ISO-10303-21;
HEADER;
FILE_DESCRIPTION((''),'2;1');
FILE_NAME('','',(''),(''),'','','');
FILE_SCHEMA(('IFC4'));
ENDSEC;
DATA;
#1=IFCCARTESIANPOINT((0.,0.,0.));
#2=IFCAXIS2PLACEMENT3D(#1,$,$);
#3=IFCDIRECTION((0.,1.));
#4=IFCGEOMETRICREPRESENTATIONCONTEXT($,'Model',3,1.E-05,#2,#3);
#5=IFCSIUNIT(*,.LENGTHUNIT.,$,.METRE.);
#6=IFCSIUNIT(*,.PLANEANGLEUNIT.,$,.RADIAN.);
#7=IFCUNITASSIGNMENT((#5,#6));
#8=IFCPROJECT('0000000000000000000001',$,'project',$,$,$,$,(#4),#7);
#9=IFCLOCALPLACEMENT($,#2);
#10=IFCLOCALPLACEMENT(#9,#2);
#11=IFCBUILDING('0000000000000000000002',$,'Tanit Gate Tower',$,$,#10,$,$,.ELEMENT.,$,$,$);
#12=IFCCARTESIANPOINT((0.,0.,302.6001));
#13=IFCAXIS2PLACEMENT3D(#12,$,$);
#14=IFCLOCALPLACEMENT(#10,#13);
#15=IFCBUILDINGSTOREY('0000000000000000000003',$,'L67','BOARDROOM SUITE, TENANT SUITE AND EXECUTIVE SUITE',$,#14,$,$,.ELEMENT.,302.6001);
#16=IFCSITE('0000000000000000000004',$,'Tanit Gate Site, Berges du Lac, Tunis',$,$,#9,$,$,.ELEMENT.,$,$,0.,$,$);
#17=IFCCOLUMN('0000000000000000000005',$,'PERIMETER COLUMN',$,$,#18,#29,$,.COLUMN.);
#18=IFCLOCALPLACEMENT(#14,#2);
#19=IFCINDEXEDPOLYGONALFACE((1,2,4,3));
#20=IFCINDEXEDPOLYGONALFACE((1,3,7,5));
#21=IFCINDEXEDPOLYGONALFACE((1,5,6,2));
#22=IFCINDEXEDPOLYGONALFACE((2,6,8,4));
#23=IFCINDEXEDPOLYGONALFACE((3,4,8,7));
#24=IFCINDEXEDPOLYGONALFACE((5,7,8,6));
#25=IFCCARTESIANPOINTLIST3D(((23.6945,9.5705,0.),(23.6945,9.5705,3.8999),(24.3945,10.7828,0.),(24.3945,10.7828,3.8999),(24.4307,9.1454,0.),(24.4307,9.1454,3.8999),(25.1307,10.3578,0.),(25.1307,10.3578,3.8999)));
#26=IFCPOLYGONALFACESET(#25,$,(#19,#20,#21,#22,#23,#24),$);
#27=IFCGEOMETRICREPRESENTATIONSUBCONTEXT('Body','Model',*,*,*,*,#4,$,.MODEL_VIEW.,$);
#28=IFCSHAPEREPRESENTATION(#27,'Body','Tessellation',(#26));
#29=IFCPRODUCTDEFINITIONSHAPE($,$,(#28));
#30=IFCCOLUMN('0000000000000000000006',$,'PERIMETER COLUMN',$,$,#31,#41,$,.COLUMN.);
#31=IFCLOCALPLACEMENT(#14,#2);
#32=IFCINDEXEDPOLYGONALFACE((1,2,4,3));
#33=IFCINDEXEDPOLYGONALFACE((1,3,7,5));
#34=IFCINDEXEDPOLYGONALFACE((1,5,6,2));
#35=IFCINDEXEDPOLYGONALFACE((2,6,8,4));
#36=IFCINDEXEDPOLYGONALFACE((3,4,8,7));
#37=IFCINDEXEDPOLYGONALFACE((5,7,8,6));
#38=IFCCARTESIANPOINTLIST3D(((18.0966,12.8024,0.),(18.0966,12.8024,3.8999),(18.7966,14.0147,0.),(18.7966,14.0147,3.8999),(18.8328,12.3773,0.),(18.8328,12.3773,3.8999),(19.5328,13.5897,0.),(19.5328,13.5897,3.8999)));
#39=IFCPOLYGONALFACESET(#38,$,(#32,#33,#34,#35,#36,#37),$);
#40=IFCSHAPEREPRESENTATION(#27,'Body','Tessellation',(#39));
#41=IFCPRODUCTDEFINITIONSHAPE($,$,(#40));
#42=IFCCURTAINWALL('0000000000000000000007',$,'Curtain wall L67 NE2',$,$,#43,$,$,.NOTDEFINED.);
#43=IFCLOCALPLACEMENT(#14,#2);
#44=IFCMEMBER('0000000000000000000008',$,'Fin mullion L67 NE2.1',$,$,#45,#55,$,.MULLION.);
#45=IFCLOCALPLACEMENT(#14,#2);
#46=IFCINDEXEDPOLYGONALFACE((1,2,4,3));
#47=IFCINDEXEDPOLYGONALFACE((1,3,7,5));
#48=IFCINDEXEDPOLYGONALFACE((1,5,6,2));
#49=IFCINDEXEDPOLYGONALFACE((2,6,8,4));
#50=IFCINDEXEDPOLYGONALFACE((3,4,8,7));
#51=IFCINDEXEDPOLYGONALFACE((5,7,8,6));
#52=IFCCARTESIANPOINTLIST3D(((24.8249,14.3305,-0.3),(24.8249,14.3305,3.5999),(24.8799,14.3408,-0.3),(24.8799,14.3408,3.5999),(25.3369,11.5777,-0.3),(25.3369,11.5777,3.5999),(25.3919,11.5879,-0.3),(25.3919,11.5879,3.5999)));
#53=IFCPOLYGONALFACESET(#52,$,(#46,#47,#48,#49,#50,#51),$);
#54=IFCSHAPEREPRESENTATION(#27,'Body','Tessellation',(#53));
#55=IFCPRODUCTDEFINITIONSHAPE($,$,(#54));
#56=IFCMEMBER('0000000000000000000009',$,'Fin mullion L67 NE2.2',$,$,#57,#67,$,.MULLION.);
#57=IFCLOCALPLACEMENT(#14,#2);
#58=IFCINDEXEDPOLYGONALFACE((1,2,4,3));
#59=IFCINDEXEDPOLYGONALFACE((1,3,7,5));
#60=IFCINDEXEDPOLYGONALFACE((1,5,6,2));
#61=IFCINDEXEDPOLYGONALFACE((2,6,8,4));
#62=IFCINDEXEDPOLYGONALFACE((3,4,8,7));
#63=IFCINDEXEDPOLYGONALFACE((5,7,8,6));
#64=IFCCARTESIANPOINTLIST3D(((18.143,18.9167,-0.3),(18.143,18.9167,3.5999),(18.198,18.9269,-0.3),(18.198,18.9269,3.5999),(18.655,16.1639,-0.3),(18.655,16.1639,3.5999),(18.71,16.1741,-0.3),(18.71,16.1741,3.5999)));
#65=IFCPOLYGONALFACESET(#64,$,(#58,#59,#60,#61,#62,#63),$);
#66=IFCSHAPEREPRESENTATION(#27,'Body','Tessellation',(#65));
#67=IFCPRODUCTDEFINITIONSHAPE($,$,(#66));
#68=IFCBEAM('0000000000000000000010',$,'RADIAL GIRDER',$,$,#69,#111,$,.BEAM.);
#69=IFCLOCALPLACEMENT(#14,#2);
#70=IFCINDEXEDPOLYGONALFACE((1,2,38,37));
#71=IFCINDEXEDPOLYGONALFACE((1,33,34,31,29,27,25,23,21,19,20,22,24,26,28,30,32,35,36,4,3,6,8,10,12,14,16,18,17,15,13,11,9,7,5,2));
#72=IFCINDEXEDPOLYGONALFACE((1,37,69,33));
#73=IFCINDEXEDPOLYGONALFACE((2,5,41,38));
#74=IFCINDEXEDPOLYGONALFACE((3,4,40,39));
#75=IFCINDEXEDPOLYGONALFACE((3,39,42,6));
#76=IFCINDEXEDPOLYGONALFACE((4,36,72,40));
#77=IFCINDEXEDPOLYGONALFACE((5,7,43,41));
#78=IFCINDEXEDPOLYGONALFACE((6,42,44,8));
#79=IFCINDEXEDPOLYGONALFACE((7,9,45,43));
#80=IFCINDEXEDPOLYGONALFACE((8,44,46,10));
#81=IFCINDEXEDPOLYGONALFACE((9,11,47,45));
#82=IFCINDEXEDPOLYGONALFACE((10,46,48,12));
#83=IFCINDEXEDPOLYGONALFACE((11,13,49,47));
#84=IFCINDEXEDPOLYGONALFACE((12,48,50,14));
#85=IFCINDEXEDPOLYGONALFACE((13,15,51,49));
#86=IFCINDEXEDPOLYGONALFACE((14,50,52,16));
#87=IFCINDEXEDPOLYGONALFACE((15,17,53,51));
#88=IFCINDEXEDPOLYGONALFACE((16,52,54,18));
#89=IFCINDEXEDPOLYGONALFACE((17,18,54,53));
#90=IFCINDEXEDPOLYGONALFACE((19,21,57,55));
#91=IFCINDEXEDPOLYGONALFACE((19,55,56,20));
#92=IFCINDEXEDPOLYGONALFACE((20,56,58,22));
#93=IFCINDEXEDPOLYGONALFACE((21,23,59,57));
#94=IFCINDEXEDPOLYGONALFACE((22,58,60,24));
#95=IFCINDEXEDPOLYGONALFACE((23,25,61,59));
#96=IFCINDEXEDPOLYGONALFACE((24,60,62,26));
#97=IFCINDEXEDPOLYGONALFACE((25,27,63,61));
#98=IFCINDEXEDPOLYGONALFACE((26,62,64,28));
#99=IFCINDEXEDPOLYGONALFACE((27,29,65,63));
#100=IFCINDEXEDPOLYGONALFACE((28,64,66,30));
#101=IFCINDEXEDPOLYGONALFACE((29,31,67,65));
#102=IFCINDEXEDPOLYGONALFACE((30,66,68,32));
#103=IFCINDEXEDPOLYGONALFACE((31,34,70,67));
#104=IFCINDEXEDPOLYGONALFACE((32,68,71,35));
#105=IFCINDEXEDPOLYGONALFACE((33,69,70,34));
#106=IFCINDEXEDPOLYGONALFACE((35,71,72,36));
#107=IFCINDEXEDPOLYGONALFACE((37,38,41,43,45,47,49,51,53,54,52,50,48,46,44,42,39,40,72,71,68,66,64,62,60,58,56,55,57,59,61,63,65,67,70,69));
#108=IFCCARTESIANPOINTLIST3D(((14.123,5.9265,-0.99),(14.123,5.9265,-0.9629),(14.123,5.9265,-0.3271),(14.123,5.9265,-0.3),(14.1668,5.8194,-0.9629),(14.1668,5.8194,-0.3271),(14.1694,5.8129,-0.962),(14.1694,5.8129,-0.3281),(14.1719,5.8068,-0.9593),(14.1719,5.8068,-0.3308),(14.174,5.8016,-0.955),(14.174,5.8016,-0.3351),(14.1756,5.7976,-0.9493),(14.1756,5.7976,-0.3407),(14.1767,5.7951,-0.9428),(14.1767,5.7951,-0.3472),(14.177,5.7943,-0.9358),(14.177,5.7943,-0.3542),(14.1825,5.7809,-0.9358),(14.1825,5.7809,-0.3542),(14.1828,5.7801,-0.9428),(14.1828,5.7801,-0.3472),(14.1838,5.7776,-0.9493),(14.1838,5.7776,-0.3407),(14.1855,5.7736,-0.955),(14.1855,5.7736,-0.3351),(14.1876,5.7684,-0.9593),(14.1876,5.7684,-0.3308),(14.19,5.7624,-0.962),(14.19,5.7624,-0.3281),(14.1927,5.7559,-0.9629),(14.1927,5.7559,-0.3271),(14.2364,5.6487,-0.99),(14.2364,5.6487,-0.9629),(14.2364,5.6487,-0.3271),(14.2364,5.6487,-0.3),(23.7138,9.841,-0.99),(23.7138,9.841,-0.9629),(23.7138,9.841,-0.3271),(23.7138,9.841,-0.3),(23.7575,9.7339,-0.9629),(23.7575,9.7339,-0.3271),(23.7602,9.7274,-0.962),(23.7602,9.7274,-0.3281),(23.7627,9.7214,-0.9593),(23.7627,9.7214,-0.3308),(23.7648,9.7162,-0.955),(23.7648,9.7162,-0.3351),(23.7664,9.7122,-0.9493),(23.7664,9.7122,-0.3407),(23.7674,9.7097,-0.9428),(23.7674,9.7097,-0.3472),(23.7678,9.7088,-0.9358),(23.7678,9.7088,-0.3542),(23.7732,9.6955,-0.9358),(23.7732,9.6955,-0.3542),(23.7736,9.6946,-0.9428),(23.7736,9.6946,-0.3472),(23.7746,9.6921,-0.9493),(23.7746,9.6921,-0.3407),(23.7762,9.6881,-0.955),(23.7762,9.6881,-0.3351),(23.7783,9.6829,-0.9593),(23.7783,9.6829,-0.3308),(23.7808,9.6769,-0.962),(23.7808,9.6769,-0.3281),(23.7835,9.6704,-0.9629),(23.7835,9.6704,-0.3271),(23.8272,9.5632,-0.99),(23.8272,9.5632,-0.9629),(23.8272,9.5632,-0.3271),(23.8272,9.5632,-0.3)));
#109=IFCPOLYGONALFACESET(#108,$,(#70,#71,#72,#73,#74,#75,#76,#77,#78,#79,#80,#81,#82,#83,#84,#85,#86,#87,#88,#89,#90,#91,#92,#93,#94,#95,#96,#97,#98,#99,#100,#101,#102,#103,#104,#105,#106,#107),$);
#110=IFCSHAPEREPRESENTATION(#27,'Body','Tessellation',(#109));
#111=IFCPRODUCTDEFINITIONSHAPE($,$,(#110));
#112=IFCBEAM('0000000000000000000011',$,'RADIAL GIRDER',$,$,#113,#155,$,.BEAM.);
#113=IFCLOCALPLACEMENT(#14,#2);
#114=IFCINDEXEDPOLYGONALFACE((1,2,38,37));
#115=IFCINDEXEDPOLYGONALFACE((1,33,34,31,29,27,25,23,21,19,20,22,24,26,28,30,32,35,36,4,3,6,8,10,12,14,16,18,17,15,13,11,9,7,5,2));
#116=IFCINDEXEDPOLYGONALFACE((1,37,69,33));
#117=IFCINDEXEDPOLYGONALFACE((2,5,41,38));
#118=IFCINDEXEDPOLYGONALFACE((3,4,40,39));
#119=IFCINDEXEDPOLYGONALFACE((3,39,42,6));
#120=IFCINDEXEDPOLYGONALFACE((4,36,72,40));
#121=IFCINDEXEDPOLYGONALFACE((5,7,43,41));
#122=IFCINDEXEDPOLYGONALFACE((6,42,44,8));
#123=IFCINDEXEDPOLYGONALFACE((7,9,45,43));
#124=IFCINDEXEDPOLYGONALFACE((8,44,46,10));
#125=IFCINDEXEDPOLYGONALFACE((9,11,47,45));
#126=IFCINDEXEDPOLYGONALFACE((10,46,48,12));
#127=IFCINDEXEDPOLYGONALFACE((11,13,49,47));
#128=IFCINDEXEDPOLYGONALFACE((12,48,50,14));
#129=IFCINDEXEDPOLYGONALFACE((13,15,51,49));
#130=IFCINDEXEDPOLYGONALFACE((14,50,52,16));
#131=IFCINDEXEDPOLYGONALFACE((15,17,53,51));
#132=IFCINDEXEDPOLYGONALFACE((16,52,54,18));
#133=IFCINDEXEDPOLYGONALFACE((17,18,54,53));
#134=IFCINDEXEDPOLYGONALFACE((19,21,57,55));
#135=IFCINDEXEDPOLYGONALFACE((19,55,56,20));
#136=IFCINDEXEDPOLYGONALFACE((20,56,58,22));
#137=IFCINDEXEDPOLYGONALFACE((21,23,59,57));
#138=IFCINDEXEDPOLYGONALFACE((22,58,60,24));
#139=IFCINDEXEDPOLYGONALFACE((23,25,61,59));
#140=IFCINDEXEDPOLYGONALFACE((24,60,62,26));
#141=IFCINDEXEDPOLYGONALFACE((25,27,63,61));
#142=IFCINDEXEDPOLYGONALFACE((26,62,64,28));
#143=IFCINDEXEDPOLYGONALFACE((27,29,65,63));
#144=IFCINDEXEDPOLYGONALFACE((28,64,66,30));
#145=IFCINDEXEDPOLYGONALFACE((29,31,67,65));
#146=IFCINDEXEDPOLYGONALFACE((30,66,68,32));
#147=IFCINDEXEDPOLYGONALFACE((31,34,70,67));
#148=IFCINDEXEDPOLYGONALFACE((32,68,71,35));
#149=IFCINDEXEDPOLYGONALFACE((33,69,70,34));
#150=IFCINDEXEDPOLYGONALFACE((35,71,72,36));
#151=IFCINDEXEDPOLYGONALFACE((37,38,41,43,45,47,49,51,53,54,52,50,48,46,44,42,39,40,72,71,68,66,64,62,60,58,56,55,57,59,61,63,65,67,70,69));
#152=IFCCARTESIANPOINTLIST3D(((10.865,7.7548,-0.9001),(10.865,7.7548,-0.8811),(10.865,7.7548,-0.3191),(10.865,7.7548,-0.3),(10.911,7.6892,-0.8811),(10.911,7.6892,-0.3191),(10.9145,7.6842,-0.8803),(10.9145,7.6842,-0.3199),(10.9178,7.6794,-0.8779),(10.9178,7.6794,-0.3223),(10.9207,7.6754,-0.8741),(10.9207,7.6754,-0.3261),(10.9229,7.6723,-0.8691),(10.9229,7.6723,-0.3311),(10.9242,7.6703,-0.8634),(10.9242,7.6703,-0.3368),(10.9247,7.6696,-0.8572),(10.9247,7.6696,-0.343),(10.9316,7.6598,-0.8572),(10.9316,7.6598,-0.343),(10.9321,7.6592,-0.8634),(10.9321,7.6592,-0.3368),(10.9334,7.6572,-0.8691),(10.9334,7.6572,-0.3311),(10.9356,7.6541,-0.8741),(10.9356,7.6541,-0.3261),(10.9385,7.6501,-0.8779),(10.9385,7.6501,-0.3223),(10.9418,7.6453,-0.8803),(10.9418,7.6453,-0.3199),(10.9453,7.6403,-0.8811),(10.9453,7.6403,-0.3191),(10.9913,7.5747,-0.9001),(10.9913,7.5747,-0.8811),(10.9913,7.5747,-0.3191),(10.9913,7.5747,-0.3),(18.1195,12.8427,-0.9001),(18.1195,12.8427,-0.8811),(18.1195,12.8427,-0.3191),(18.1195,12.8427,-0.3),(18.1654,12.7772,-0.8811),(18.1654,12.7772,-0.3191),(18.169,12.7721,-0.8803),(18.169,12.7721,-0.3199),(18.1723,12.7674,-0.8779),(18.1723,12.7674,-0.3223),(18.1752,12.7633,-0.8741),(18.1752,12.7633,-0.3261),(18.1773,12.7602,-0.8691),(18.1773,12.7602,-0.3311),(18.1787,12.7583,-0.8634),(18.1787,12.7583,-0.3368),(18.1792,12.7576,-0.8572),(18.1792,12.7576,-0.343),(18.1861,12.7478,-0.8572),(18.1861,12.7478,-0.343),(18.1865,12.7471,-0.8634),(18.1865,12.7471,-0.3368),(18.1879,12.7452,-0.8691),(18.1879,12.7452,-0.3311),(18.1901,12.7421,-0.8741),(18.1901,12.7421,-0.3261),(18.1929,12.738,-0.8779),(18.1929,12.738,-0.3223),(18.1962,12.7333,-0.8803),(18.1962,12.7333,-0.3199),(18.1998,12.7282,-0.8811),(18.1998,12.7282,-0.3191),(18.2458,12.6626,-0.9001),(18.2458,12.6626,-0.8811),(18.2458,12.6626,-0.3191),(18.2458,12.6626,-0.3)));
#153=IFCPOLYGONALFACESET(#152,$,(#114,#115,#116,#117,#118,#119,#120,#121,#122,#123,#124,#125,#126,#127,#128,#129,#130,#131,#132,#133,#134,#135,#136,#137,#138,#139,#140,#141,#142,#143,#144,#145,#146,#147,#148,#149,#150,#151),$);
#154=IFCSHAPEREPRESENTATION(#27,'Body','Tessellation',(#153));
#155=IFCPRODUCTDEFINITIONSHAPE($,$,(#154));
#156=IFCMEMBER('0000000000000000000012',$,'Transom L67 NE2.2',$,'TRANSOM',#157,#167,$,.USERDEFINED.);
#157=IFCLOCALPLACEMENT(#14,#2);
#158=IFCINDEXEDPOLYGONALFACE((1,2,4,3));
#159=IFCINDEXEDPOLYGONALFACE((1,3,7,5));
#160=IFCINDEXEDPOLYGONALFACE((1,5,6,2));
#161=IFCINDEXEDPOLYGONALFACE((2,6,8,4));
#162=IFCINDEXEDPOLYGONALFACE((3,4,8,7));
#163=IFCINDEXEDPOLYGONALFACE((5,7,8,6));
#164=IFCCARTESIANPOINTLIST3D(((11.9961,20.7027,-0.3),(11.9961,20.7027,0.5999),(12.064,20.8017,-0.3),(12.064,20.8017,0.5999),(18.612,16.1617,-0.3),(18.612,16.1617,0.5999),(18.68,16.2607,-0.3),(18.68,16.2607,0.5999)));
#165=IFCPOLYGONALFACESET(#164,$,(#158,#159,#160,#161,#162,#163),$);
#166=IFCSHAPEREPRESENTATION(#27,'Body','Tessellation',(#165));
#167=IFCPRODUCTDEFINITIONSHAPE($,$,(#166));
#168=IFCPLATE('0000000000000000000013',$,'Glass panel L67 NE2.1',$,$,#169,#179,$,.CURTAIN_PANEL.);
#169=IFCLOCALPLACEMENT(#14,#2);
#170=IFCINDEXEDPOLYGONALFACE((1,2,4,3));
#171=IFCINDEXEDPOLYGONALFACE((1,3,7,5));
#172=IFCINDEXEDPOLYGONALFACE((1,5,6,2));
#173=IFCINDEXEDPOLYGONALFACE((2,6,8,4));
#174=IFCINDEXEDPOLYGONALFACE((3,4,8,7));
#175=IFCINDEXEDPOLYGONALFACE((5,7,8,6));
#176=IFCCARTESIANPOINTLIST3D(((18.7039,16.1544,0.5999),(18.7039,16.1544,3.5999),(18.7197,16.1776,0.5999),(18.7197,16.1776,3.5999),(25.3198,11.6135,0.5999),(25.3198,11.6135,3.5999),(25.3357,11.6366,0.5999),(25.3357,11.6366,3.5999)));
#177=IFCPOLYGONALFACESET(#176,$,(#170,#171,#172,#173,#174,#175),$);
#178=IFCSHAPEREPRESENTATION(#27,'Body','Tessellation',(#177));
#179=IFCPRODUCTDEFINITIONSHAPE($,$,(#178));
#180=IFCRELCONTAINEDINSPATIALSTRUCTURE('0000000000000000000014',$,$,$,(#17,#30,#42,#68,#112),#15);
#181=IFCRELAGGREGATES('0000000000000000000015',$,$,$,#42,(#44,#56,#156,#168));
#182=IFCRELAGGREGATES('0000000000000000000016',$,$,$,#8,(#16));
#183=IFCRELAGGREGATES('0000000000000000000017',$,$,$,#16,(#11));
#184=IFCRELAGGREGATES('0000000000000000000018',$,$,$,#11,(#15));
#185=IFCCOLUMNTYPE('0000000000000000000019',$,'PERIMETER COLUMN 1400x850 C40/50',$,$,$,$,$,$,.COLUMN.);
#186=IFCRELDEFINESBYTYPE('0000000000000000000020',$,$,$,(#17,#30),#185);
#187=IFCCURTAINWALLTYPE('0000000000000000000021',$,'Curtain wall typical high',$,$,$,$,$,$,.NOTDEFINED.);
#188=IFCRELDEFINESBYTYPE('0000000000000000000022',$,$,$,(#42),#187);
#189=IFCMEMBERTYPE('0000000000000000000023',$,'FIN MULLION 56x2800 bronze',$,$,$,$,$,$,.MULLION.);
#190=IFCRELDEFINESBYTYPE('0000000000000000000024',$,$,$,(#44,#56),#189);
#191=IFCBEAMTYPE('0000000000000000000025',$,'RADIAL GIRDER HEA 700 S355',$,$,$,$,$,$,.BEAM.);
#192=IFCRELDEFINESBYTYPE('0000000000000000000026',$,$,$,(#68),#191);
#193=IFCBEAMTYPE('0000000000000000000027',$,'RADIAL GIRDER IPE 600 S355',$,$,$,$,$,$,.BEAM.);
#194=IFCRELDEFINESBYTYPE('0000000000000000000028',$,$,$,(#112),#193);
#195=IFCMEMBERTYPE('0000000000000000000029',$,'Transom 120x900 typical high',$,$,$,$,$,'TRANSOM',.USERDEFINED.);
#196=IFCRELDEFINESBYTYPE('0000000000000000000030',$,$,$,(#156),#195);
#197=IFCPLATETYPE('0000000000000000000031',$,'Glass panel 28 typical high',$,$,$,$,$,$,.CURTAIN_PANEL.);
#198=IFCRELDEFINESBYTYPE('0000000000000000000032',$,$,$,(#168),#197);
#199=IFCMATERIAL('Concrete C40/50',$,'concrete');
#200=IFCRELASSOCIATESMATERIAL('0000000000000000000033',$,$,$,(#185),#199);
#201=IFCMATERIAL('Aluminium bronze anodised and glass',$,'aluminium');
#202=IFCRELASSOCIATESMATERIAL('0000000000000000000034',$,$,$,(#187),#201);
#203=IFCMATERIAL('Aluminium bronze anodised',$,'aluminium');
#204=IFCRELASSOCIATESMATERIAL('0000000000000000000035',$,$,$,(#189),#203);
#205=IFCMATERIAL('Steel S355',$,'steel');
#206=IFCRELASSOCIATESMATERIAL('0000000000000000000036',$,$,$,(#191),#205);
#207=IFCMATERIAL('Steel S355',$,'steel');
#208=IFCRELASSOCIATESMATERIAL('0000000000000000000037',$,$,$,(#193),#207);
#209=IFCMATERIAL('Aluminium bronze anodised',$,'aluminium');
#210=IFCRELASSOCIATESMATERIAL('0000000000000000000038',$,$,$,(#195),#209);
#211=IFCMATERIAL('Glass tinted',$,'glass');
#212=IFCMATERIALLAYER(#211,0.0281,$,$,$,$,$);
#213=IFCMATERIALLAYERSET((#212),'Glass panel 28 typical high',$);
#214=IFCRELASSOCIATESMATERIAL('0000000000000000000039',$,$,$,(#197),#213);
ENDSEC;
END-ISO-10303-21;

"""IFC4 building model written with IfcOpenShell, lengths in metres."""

from ifc_helpers import new_model, si_unit, direction, frame, origin, origin_2d, place, context, subcontext, project, spatial, rectangle, i_section, extrude, material, layer, layer_set, material_profile, profile_set, type_object, element, aggregate, save


model = new_model("IFC4")

# Units and contexts
model_context = context("Model", 3, precision=1e-05, world=origin(), true_north=direction((0.0, 1.0)))
body_context = subcontext(model_context, "Body", "Model", "MODEL_VIEW")
ifc_project = project(units=[si_unit("LENGTHUNIT", "METRE"), si_unit("PLANEANGLEUNIT", "RADIAN")], contexts=[model_context])

# Site, building, storey
site_placement = place(None, origin())
site = spatial("IfcSite", under=ifc_project, at=site_placement, Name="Tanit Gate Site, Berges du Lac, Tunis", CompositionType="ELEMENT", RefElevation=0.0)
building_placement = place(site_placement, origin())
building = spatial("IfcBuilding", under=site, at=building_placement, Name="Tanit Gate Tower", CompositionType="ELEMENT")
storey_placement = place(building_placement, frame((0.0, 0.0, 302.6001)))
storey = spatial("IfcBuildingStorey", under=building, at=storey_placement, Name="L67", Description="BOARDROOM SUITE, TENANT SUITE AND EXECUTIVE SUITE", CompositionType="ELEMENT", Elevation=302.6001)

# Columns
ifc_material_1 = material(Name="Concrete C40/50", Category="concrete")
ifc_material_profile_1 = material_profile(ifc_material_1, rectangle(XDim=1.3999, YDim=0.8501, at=origin_2d()), Name="RC 1400x850")
ifc_profile_set_1 = profile_set([ifc_material_profile_1], Name="Concrete C40/50")
column_type = type_object("IfcColumnType", Name="PERIMETER COLUMN 1400x850 C40/50", PredefinedType="COLUMN", material=ifc_profile_set_1)
for number, where, z_axis, x_axis, name in (
    (1, (24.4126, 9.9641, 0.0), (0.0, 0.0, 1.0), (0.5, 0.866025, 0.0), "PERIMETER COLUMN"),
    (2, (18.8147, 13.196, 0.0), (0.0, 0.0, 1.0), (0.5, 0.866025, 0.0), "PERIMETER COLUMN"),
):
    element("IfcColumn", number, at=place(storey_placement, frame(where, z_axis=z_axis, x_axis=x_axis)), inside=storey, type_object=column_type, Name=name, PredefinedType="COLUMN", context=body_context, shape_type="SweptSolid", body=[
        extrude(rectangle(XDim=1.3999, YDim=0.8501, at=origin_2d()), origin(), (0.0, 0.0, 1.0), 3.8999),
    ])

# Curtain wall, members
ifc_material_2 = material(Name="Aluminium bronze anodised and glass", Category="aluminium")
curtain_wall_type = type_object("IfcCurtainWallType", Name="Curtain wall typical high", PredefinedType="NOTDEFINED", material=ifc_material_2)
curtain_wall_placement = place(storey_placement, origin())
curtain_wall = element("IfcCurtainWall", 3, at=curtain_wall_placement, inside=storey, type_object=curtain_wall_type, Name="Curtain wall L67 NE2", PredefinedType="NOTDEFINED")
ifc_material_3 = material(Name="Aluminium bronze anodised", Category="aluminium")
ifc_material_profile_2 = material_profile(ifc_material_3, rectangle(XDim=2.8, YDim=0.0559, at=origin_2d()), Name="56x2800 bronze fin mullion")
ifc_profile_set_2 = profile_set([ifc_material_profile_2], Name="Aluminium bronze anodised")
member_type_1 = type_object("IfcMemberType", Name="FIN MULLION 56x2800 bronze", PredefinedType="MULLION", material=ifc_profile_set_2)
member_1_placement = place(storey_placement, frame((25.1084, 12.9592, -0.3), z_axis=(0.0, 0.0, 1.0), x_axis=(0.182847, -0.983141, 0.0)))
member_1 = element("IfcMember", 4, at=member_1_placement, type_object=member_type_1, Name="Fin mullion L67 NE2.1", PredefinedType="MULLION", context=body_context, shape_type="SweptSolid", body=[
    extrude(rectangle(XDim=2.8, YDim=0.0559, at=origin_2d()), origin(), (0.0, 0.0, 1.0), 3.8999),
])
member_2_placement = place(storey_placement, frame((18.4265, 17.5454, -0.3), z_axis=(0.0, 0.0, 1.0), x_axis=(0.182847, -0.983141, 0.0)))
member_2 = element("IfcMember", 5, at=member_2_placement, type_object=member_type_1, Name="Fin mullion L67 NE2.2", PredefinedType="MULLION", context=body_context, shape_type="SweptSolid", body=[
    extrude(rectangle(XDim=2.8, YDim=0.0559, at=origin_2d()), origin(), (0.0, 0.0, 1.0), 3.8999),
])

# Beams
ifc_material_4 = material(Name="Steel S355", Category="steel")
ifc_material_profile_3 = material_profile(ifc_material_4, i_section(OverallWidth=0.3, OverallDepth=0.6899, WebThickness=0.0144, FlangeThickness=0.0271, FilletRadius=0.0271, at=origin_2d()), Name="HEA 700")
ifc_profile_set_3 = profile_set([ifc_material_profile_3], Name="Steel S355")
beam_type_1 = type_object("IfcBeamType", Name="RADIAL GIRDER HEA 700 S355", PredefinedType="BEAM", material=ifc_profile_set_3)
beam_1_placement = place(storey_placement, frame((23.7705, 9.7021, -0.645), z_axis=(-0.92585, -0.377891, 0.0), x_axis=(0.377891, -0.92585, 0.0)))
element("IfcBeam", 6, at=beam_1_placement, inside=storey, type_object=beam_type_1, Name="RADIAL GIRDER", PredefinedType="BEAM", context=body_context, shape_type="SweptSolid", body=[
    extrude(i_section(OverallWidth=0.3, OverallDepth=0.6899, WebThickness=0.0144, FlangeThickness=0.0271, FilletRadius=0.0271, at=origin_2d()), origin(), (0.0, 0.0, 1.0), 10.3589),
])
ifc_material_5 = material(Name="Steel S355", Category="steel")
ifc_material_profile_4 = material_profile(ifc_material_5, i_section(OverallWidth=0.22, OverallDepth=0.6001, WebThickness=0.012, FlangeThickness=0.019, FilletRadius=0.0239, at=origin_2d()), Name="IPE 600")
ifc_profile_set_4 = profile_set([ifc_material_profile_4], Name="Steel S355")
beam_type_2 = type_object("IfcBeamType", Name="RADIAL GIRDER IPE 600 S355", PredefinedType="BEAM", material=ifc_profile_set_4)
beam_2_placement = place(storey_placement, frame((18.1826, 12.7527, -0.6001), z_axis=(-0.818711, -0.574205, 0.0), x_axis=(0.574205, -0.818711, 0.0)))
element("IfcBeam", 7, at=beam_2_placement, inside=storey, type_object=beam_type_2, Name="RADIAL GIRDER", PredefinedType="BEAM", context=body_context, shape_type="SweptSolid", body=[
    extrude(i_section(OverallWidth=0.22, OverallDepth=0.6001, WebThickness=0.012, FlangeThickness=0.019, FilletRadius=0.0239, at=origin_2d()), origin(), (0.0, 0.0, 1.0), 8.8608),
])

# Member
ifc_material_6 = material(Name="Aluminium bronze anodised", Category="aluminium")
ifc_material_profile_5 = material_profile(ifc_material_6, rectangle(XDim=0.1201, YDim=0.8999, at=origin_2d()), Name="120x900 bronze transom")
ifc_profile_set_5 = profile_set([ifc_material_profile_5], Name="Aluminium bronze anodised")
member_type_2 = type_object("IfcMemberType", Name="Transom 120x900 typical high", ElementType="TRANSOM", PredefinedType="USERDEFINED", material=ifc_profile_set_5)
member_3_placement = place(storey_placement, frame((18.646, 16.2112, 0.1499), z_axis=(-0.824476, 0.565897, 0.0), x_axis=(-0.565897, -0.824476, 0.0)))
member_3 = element("IfcMember", 8, at=member_3_placement, type_object=member_type_2, Name="Transom L67 NE2.2", ObjectType="TRANSOM", PredefinedType="USERDEFINED", context=body_context, shape_type="SweptSolid", body=[
    extrude(rectangle(XDim=0.1201, YDim=0.8999, at=origin_2d()), origin(), (0.0, 0.0, 1.0), 8.0244),
])

# Plate
ifc_material_7 = material(Name="Glass tinted", Category="glass")
ifc_layer_1 = layer(ifc_material_7, 0.0281)
ifc_layer_set_1 = layer_set([ifc_layer_1], Name="Glass panel 28 typical high")
plate_type = type_object("IfcPlateType", Name="Glass panel 28 typical high", PredefinedType="CURTAIN_PANEL", material=ifc_layer_set_1)
plate_placement = place(storey_placement, frame((22.0198, 13.8955, 0.5999), z_axis=(0.0, 0.0, 1.0), x_axis=(-0.824479, 0.565893, 0.0)))
plate = element("IfcPlate", 9, at=plate_placement, type_object=plate_type, Name="Glass panel L67 NE2.1", PredefinedType="CURTAIN_PANEL", context=body_context, shape_type="SweptSolid", body=[
    extrude(rectangle(XDim=8.0244, YDim=0.0281, at=origin_2d()), origin(), (0.0, 0.0, 1.0), 3.0),
])
aggregate(curtain_wall, [member_1, member_2, member_3, plate])

save(model, "model.ifc")
